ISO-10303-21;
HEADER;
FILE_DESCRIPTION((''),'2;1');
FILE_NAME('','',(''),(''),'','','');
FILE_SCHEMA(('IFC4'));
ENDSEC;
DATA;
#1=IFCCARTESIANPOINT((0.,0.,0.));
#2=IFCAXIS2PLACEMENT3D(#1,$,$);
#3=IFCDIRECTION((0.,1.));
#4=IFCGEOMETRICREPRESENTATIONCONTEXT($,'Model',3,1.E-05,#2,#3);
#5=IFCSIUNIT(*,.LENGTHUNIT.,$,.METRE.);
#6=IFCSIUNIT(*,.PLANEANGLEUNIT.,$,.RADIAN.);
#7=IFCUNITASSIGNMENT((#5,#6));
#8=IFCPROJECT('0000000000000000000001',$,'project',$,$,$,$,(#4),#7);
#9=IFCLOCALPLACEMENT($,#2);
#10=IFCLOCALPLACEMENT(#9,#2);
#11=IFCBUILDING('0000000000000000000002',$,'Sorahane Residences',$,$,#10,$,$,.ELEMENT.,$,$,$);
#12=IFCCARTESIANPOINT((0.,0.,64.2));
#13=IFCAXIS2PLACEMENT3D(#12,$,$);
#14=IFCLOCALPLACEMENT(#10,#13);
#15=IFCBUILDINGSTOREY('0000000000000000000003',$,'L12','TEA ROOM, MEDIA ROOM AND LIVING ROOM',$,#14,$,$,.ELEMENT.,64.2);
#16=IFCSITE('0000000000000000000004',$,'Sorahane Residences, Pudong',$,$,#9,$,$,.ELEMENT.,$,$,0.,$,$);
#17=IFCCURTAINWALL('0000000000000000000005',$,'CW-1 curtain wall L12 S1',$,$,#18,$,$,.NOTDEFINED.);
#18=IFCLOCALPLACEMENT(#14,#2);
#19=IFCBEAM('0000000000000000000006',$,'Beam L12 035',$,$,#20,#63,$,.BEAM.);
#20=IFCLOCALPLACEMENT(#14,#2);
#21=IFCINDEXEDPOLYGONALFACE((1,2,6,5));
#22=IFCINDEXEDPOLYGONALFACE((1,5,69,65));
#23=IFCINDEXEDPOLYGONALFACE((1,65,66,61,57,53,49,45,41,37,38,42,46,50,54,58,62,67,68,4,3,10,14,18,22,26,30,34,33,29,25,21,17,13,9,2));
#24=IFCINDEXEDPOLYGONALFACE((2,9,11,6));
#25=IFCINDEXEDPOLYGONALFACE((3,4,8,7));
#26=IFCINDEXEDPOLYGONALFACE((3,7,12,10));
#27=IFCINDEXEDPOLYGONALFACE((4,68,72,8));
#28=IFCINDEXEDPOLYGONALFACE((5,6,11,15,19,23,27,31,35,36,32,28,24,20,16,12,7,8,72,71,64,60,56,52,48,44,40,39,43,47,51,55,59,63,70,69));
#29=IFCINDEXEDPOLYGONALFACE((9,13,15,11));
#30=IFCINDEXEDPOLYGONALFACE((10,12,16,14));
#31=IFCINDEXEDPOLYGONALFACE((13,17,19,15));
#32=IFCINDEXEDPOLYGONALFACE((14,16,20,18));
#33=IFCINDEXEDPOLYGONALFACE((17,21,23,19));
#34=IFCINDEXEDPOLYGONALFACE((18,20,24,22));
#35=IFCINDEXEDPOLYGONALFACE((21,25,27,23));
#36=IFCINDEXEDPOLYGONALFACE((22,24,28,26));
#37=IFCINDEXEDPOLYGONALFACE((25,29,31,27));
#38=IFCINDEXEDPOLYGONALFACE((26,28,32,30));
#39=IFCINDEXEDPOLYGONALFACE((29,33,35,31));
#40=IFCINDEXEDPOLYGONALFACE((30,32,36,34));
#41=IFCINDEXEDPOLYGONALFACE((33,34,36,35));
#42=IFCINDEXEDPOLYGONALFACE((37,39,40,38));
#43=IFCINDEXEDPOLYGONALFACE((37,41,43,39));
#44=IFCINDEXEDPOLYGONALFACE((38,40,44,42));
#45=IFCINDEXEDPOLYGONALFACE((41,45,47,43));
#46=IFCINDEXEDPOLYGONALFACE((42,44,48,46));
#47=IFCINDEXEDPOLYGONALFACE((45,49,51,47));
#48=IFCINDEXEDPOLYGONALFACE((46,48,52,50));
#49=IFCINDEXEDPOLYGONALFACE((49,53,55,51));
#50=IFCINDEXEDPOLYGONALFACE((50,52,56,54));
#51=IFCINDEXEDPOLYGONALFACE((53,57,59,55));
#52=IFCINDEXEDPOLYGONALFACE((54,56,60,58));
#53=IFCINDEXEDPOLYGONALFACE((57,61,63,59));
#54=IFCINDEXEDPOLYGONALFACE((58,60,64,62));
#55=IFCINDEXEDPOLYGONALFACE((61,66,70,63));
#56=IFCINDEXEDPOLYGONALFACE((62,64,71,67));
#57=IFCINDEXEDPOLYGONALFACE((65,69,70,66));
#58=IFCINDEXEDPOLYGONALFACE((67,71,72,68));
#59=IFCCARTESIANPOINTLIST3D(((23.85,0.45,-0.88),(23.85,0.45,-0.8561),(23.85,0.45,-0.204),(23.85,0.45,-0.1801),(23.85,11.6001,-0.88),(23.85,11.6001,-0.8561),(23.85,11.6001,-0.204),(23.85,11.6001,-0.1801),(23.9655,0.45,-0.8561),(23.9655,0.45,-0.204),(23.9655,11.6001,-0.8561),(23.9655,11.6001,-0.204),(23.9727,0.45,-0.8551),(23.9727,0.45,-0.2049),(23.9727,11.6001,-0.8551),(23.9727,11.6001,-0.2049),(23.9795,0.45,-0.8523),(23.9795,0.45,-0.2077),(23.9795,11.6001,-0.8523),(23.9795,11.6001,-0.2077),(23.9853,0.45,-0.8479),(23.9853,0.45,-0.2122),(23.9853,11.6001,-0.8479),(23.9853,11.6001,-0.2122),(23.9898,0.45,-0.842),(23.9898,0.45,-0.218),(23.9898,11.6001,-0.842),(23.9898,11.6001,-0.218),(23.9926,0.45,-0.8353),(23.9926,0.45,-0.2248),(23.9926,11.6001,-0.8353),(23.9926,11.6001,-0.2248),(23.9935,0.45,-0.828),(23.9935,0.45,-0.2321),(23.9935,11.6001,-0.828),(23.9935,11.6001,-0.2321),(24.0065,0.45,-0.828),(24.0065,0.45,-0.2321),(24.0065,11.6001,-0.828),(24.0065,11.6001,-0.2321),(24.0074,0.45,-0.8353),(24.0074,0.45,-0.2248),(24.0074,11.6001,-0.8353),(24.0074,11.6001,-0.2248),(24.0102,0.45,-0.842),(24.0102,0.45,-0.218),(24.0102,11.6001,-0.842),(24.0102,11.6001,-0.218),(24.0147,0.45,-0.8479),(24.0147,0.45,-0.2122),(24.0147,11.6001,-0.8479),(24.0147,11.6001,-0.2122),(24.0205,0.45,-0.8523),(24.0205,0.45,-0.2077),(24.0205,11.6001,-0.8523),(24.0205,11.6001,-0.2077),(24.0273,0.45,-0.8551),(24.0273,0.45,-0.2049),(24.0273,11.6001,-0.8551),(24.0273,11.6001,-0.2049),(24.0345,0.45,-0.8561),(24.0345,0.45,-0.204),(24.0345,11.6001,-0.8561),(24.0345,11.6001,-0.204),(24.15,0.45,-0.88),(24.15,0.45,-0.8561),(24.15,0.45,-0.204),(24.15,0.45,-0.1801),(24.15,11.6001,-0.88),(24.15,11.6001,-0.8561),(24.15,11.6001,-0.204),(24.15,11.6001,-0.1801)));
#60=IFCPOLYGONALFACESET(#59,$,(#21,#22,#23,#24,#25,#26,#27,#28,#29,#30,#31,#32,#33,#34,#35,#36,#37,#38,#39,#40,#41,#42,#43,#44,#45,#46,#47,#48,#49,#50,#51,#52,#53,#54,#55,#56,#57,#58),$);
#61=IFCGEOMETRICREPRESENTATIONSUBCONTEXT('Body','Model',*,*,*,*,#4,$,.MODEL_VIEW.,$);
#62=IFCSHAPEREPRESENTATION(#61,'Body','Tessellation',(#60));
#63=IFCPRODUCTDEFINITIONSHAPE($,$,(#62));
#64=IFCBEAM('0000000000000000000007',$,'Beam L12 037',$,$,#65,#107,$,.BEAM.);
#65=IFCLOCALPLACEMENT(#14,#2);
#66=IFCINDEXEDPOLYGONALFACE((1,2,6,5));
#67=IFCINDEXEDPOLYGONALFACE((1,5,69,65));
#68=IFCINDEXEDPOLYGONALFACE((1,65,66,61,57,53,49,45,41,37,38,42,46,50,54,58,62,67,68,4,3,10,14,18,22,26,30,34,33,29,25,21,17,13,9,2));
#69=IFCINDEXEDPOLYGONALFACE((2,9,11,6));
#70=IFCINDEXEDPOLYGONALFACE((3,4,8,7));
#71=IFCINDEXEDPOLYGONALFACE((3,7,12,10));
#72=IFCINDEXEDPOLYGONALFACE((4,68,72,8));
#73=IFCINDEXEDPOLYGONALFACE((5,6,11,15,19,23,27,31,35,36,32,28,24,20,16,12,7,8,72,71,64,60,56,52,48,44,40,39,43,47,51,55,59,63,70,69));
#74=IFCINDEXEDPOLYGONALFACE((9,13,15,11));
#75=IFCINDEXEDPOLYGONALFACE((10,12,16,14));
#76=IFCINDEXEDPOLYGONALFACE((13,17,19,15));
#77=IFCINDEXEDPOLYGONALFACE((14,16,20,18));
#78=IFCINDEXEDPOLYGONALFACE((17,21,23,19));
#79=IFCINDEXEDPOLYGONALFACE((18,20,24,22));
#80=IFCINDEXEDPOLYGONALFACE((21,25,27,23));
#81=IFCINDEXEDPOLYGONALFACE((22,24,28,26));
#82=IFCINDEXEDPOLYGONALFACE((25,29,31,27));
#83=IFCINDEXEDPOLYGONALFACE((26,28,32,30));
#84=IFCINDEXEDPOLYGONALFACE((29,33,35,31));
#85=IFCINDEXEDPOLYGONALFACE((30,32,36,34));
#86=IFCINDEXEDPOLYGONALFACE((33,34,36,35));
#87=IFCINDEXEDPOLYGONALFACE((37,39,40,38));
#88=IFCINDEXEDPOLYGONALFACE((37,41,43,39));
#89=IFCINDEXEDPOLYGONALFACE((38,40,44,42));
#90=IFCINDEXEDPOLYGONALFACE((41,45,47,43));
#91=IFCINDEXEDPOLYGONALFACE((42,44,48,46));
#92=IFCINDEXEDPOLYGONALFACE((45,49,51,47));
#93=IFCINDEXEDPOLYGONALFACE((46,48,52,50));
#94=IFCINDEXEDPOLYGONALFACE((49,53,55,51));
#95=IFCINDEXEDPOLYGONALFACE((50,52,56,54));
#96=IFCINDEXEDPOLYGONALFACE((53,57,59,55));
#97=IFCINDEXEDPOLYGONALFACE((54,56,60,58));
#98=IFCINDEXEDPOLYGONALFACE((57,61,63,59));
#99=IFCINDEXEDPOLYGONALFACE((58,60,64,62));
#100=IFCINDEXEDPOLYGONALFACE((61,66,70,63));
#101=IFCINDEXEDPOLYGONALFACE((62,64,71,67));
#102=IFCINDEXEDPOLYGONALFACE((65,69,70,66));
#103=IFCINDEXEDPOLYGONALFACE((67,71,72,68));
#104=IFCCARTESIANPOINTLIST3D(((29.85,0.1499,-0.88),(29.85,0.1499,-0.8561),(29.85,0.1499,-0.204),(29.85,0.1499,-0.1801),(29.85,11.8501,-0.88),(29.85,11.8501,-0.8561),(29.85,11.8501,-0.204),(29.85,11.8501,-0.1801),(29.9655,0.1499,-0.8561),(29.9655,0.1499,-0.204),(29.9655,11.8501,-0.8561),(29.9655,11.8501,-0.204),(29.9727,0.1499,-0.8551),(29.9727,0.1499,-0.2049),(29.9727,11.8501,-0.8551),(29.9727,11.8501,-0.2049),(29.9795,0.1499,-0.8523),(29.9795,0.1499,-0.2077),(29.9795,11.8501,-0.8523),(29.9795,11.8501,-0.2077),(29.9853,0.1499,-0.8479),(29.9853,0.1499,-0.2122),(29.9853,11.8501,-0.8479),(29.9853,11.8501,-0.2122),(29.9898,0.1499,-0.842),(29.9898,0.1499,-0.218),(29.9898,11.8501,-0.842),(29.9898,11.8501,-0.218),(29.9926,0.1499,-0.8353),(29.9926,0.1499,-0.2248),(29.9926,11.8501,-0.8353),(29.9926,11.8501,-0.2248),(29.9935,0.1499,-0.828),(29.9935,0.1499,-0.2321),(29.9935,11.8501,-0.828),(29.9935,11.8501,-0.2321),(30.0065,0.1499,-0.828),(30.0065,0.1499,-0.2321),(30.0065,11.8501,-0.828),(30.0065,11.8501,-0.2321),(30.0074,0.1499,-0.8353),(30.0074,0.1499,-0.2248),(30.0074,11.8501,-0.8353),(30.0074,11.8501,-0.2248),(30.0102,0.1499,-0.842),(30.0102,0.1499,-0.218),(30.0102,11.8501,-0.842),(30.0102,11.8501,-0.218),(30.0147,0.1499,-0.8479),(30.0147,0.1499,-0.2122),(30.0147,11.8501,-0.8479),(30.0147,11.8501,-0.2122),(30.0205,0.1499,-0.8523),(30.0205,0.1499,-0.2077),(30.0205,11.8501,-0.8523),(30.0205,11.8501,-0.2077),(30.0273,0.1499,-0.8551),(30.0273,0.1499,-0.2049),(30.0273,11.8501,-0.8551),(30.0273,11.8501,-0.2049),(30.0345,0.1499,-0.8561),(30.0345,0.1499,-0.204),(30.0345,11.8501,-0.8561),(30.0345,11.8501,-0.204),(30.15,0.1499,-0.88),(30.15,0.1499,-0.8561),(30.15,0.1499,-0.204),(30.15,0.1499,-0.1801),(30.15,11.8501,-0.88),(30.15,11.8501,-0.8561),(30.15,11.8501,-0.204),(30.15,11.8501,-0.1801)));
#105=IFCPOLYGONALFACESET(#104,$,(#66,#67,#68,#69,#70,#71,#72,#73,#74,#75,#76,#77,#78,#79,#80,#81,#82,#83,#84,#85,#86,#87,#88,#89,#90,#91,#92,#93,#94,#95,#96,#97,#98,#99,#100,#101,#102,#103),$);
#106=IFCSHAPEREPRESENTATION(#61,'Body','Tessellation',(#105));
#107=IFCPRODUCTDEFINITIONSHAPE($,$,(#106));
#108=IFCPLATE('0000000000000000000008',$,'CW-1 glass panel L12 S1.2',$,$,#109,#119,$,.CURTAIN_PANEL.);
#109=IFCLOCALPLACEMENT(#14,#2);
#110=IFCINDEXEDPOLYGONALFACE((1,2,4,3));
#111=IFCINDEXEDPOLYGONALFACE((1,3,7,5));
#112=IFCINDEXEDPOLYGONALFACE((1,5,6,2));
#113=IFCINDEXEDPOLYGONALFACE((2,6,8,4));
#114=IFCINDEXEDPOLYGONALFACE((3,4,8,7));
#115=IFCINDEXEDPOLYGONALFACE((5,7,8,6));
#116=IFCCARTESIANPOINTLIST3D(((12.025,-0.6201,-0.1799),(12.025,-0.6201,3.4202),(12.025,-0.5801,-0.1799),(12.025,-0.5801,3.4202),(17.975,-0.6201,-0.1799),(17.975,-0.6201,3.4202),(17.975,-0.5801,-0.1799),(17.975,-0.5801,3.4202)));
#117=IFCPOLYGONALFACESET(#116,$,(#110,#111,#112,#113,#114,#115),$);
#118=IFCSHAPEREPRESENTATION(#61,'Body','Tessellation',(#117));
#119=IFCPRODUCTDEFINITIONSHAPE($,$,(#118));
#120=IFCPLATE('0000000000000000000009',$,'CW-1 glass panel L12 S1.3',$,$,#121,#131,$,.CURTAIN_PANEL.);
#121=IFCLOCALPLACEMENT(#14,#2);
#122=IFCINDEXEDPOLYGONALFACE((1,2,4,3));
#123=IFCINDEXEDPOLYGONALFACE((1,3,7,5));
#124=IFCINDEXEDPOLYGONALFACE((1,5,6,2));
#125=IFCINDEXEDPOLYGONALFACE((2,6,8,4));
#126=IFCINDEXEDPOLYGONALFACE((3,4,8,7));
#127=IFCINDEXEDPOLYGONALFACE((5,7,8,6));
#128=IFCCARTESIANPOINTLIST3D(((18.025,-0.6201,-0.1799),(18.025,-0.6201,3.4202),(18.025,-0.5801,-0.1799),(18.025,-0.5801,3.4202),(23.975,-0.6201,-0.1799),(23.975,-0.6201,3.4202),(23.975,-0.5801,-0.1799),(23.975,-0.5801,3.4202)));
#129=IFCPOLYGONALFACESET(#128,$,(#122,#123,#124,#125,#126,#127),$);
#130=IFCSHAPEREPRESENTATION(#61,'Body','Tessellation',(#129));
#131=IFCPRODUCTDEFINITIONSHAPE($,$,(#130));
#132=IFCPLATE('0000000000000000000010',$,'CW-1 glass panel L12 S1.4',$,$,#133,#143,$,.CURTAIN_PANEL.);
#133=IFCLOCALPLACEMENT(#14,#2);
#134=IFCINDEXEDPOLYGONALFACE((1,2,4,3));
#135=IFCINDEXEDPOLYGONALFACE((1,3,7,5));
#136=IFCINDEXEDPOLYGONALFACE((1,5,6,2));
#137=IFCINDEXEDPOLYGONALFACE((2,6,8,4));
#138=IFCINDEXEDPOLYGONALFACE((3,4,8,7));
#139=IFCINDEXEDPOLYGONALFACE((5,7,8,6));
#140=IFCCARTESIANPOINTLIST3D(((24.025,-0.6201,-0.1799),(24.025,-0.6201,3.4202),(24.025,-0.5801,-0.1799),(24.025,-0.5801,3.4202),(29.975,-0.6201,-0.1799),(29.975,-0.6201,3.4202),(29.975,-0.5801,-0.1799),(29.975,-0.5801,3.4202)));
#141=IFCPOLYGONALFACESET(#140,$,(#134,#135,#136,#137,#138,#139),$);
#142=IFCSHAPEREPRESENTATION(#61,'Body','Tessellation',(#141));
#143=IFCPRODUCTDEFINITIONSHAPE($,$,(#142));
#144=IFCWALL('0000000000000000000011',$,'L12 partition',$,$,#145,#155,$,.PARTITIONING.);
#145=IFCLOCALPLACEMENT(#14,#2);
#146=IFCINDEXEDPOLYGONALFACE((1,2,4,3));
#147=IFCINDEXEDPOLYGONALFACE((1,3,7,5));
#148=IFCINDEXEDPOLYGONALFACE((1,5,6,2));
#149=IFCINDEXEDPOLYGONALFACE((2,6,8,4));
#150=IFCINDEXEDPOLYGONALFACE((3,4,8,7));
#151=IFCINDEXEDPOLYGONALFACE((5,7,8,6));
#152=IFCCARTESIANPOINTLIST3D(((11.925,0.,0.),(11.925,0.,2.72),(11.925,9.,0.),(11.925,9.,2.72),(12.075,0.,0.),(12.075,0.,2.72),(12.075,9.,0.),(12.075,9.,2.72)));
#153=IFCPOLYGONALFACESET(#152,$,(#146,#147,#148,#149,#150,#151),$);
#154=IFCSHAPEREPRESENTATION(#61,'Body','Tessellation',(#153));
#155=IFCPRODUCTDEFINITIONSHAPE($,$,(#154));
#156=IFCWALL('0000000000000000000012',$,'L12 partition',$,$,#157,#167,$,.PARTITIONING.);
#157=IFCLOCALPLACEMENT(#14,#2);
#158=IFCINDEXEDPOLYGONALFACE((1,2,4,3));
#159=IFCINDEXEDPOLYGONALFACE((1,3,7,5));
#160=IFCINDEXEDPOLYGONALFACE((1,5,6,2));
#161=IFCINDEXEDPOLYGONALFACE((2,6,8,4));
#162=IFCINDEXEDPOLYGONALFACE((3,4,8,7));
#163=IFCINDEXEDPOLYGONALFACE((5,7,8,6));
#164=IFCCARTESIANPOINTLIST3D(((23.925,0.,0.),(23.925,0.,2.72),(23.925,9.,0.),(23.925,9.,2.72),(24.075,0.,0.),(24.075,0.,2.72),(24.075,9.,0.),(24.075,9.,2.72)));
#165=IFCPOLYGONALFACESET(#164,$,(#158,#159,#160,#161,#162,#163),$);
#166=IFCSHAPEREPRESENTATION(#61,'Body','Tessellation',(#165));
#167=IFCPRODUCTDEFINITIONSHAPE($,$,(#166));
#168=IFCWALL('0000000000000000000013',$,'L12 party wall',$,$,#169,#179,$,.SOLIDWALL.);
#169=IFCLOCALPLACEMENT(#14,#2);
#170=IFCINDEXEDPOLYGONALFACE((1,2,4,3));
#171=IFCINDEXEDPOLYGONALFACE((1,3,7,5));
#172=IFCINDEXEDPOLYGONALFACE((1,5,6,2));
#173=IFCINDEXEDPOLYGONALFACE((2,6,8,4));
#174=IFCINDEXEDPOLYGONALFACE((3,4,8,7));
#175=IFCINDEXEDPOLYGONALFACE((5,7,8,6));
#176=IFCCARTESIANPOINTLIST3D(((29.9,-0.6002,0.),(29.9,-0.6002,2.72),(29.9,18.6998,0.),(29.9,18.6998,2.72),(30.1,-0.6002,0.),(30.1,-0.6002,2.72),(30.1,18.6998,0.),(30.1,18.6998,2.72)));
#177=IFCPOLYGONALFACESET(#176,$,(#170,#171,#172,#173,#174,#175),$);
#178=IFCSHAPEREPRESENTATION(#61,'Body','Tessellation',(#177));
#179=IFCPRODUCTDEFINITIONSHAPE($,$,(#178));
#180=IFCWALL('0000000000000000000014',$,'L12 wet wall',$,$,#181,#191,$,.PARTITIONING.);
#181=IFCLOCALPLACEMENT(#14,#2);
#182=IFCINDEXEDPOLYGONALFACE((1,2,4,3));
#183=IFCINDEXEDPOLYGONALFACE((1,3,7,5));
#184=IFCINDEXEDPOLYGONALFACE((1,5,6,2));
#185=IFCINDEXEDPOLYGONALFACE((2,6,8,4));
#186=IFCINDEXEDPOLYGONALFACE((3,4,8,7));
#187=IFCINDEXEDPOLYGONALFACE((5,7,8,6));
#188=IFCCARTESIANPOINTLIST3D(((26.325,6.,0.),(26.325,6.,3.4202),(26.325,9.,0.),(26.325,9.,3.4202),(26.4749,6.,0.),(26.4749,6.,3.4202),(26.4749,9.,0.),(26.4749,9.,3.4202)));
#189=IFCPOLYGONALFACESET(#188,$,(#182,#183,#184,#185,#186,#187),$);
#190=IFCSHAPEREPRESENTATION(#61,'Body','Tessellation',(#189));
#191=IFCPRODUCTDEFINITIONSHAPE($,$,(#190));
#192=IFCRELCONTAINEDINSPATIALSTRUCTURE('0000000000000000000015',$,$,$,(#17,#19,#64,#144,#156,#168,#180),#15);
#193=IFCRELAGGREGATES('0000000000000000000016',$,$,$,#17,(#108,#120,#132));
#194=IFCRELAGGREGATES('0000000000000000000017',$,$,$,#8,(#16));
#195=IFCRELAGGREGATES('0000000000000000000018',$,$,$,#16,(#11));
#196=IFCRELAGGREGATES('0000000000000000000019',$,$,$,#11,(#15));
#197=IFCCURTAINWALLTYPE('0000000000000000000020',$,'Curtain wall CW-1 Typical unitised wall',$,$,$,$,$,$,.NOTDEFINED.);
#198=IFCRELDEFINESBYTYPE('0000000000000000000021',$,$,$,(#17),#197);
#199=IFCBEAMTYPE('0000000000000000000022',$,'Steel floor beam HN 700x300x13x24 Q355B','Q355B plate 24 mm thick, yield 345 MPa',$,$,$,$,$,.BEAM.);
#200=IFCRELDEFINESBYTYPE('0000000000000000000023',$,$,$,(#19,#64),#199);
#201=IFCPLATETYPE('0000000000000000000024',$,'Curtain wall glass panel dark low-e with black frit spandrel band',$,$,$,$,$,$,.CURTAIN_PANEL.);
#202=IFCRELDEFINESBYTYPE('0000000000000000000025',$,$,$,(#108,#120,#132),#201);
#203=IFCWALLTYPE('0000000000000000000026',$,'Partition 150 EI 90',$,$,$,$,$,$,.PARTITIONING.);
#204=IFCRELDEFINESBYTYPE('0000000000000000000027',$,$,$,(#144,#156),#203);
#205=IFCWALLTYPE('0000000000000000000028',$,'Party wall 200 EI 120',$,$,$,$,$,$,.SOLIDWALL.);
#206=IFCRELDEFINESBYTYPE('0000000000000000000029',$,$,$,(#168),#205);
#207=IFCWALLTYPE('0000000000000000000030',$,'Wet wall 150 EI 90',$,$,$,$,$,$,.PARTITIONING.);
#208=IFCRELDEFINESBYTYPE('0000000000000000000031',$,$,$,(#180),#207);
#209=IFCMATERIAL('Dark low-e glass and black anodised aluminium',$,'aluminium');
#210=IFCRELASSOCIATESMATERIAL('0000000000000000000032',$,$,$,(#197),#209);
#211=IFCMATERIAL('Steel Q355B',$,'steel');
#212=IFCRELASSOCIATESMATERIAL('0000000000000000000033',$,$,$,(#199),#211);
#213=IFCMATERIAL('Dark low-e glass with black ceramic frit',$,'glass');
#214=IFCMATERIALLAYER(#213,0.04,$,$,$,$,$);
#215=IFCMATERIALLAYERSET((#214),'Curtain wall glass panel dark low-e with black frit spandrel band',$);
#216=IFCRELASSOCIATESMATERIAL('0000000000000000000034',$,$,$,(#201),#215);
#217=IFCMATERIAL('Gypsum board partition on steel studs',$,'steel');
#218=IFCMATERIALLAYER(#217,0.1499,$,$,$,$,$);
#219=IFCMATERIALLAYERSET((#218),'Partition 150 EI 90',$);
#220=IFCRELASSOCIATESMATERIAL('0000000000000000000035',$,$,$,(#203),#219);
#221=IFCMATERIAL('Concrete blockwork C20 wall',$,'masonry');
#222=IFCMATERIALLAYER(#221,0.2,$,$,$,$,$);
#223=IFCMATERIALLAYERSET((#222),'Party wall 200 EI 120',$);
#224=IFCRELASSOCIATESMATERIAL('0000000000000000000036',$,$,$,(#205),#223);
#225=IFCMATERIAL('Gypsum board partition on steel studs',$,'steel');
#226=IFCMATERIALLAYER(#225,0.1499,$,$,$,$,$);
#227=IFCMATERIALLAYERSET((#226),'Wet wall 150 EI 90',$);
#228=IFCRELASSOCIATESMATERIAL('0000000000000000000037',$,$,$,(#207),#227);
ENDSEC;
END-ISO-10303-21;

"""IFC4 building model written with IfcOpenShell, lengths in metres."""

from ifc_helpers import new_model, si_unit, direction, frame, frame_2d, origin, origin_2d, place, context, subcontext, project, spatial, rectangle, i_section, extrude, material, layer, layer_set, material_profile, profile_set, type_object, element, aggregate, save


model = new_model("IFC4")

# Units and contexts
model_context = context("Model", 3, precision=1e-05, world=origin(), true_north=direction((0.0, 1.0)))
body_context = subcontext(model_context, "Body", "Model", "MODEL_VIEW")
ifc_project = project(units=[si_unit("LENGTHUNIT", "METRE"), si_unit("PLANEANGLEUNIT", "RADIAN")], contexts=[model_context])

# Site, building, storey
site_placement = place(None, origin())
site = spatial("IfcSite", under=ifc_project, at=site_placement, Name="Sorahane Residences, Pudong", CompositionType="ELEMENT", RefElevation=0.0)
building_placement = place(site_placement, origin())
building = spatial("IfcBuilding", under=site, at=building_placement, Name="Sorahane Residences", CompositionType="ELEMENT")
storey_placement = place(building_placement, frame((0.0, 0.0, 64.2)))
storey = spatial("IfcBuildingStorey", under=building, at=storey_placement, Name="L12", Description="TEA ROOM, MEDIA ROOM AND LIVING ROOM", CompositionType="ELEMENT", Elevation=64.2)

# Curtain wall
ifc_material_1 = material(Name="Dark low-e glass and black anodised aluminium", Category="aluminium")
curtain_wall_type = type_object("IfcCurtainWallType", Name="Curtain wall CW-1 Typical unitised wall", PredefinedType="NOTDEFINED", material=ifc_material_1)
curtain_wall_placement = place(storey_placement, origin())
curtain_wall = element("IfcCurtainWall", 1, at=curtain_wall_placement, inside=storey, type_object=curtain_wall_type, Name="CW-1 curtain wall L12 S1", PredefinedType="NOTDEFINED")

# Beams
ifc_material_2 = material(Name="Steel Q355B", Category="steel")
ifc_material_profile_1 = material_profile(ifc_material_2, i_section(OverallWidth=0.3, OverallDepth=0.7, WebThickness=0.0129, FlangeThickness=0.0239, FilletRadius=0.0281, at=origin_2d()), Name="HN 700x300x13x24")
ifc_profile_set_1 = profile_set([ifc_material_profile_1], Name="Steel Q355B")
beam_type_1 = type_object("IfcBeamType", Name="Steel floor beam HN 700x300x13x24 Q355B", Description="Q355B plate 24 mm thick, yield 345 MPa", PredefinedType="BEAM", material=ifc_profile_set_1)
beam_1_placement = place(storey_placement, frame((24.0, 0.45, -0.53), z_axis=(0.0, 1.0, 0.0), x_axis=(-1.0, 0.0, 0.0)))
element("IfcBeam", 2, at=beam_1_placement, inside=storey, type_object=beam_type_1, Name="Beam L12 035", PredefinedType="BEAM", context=body_context, shape_type="SweptSolid", body=[
    extrude(i_section(OverallWidth=0.3, OverallDepth=0.7, WebThickness=0.0129, FlangeThickness=0.0239, FilletRadius=0.0281, at=origin_2d()), origin(), (0.0, 0.0, 1.0), 11.1501),
])
beam_2_placement = place(storey_placement, frame((30.0, 0.1499, -0.53), z_axis=(0.0, 1.0, 0.0), x_axis=(-1.0, 0.0, 0.0)))
element("IfcBeam", 3, at=beam_2_placement, inside=storey, type_object=beam_type_1, Name="Beam L12 037", PredefinedType="BEAM", context=body_context, shape_type="SweptSolid", body=[
    extrude(i_section(OverallWidth=0.3, OverallDepth=0.7, WebThickness=0.0129, FlangeThickness=0.0239, FilletRadius=0.0281, at=origin_2d()), origin(), (0.0, 0.0, 1.0), 11.7002),
])

# Plates
ifc_material_3 = material(Name="Dark low-e glass with black ceramic frit", Category="glass")
ifc_layer_1 = layer(ifc_material_3, 0.04)
ifc_layer_set_1 = layer_set([ifc_layer_1], Name="Curtain wall glass panel dark low-e with black frit spandrel band")
plate_type = type_object("IfcPlateType", Name="Curtain wall glass panel dark low-e with black frit spandrel band", PredefinedType="CURTAIN_PANEL", material=ifc_layer_set_1)
plate_1_placement = place(storey_placement, frame((15.0, -0.6001, -0.1799), z_axis=(0.0, 0.0, 1.0), x_axis=(1.0, 0.0, 0.0)))
plate_1 = element("IfcPlate", 4, at=plate_1_placement, type_object=plate_type, Name="CW-1 glass panel L12 S1.2", PredefinedType="CURTAIN_PANEL", context=body_context, shape_type="SweptSolid", body=[
    extrude(rectangle(XDim=5.95, YDim=0.04, at=origin_2d()), origin(), (0.0, 0.0, 1.0), 3.6001),
])
plate_2_placement = place(storey_placement, frame((21.0, -0.6001, -0.1799), z_axis=(0.0, 0.0, 1.0), x_axis=(1.0, 0.0, 0.0)))
plate_2 = element("IfcPlate", 5, at=plate_2_placement, type_object=plate_type, Name="CW-1 glass panel L12 S1.3", PredefinedType="CURTAIN_PANEL", context=body_context, shape_type="SweptSolid", body=[
    extrude(rectangle(XDim=5.95, YDim=0.04, at=origin_2d()), origin(), (0.0, 0.0, 1.0), 3.6001),
])
plate_3_placement = place(storey_placement, frame((27.0, -0.6001, -0.1799), z_axis=(0.0, 0.0, 1.0), x_axis=(1.0, 0.0, 0.0)))
plate_3 = element("IfcPlate", 6, at=plate_3_placement, type_object=plate_type, Name="CW-1 glass panel L12 S1.4", PredefinedType="CURTAIN_PANEL", context=body_context, shape_type="SweptSolid", body=[
    extrude(rectangle(XDim=5.95, YDim=0.04, at=origin_2d()), origin(), (0.0, 0.0, 1.0), 3.6001),
])
aggregate(curtain_wall, [plate_1, plate_2, plate_3])

# Walls
ifc_material_4 = material(Name="Gypsum board partition on steel studs", Category="steel")
ifc_layer_2 = layer(ifc_material_4, 0.1499)
ifc_layer_set_2 = layer_set([ifc_layer_2], Name="Partition 150 EI 90")
wall_type_1 = type_object("IfcWallType", Name="Partition 150 EI 90", PredefinedType="PARTITIONING", material=ifc_layer_set_2)
for number, where, z_axis, x_axis, name in (
    (7, (12.0, 0.0, 0.0), (0.0, 0.0, 1.0), (0.0, 1.0, 0.0), "L12 partition"),
    (8, (24.0, 0.0, 0.0), (0.0, 0.0, 1.0), (0.0, 1.0, 0.0), "L12 partition"),
):
    element("IfcWall", number, at=place(storey_placement, frame(where, z_axis=z_axis, x_axis=x_axis)), inside=storey, type_object=wall_type_1, Name=name, PredefinedType="PARTITIONING", context=body_context, shape_type="SweptSolid", body=[
        extrude(rectangle(XDim=9.0, YDim=0.1499, at=frame_2d((4.5, 0.0))), origin(), (0.0, 0.0, 1.0), 2.72),
    ])

# Walls
ifc_material_5 = material(Name="Concrete blockwork C20 wall", Category="masonry")
ifc_layer_3 = layer(ifc_material_5, 0.2)
ifc_layer_set_3 = layer_set([ifc_layer_3], Name="Party wall 200 EI 120")
wall_type_2 = type_object("IfcWallType", Name="Party wall 200 EI 120", PredefinedType="SOLIDWALL", material=ifc_layer_set_3)
wall_1_placement = place(storey_placement, frame((30.0, -0.6001, 0.0), z_axis=(0.0, 0.0, 1.0), x_axis=(0.0, 1.0, 0.0)))
element("IfcWall", 9, at=wall_1_placement, inside=storey, type_object=wall_type_2, Name="L12 party wall", PredefinedType="SOLIDWALL", context=body_context, shape_type="SweptSolid", body=[
    extrude(rectangle(XDim=19.3, YDim=0.2, at=frame_2d((9.6499, 0.0))), origin(), (0.0, 0.0, 1.0), 2.72),
])
ifc_material_6 = material(Name="Gypsum board partition on steel studs", Category="steel")
ifc_layer_4 = layer(ifc_material_6, 0.1499)
ifc_layer_set_4 = layer_set([ifc_layer_4], Name="Wet wall 150 EI 90")
wall_type_3 = type_object("IfcWallType", Name="Wet wall 150 EI 90", PredefinedType="PARTITIONING", material=ifc_layer_set_4)
wall_2_placement = place(storey_placement, frame((26.3999, 6.0, 0.0), z_axis=(0.0, 0.0, 1.0), x_axis=(0.0, 1.0, 0.0)))
element("IfcWall", 10, at=wall_2_placement, inside=storey, type_object=wall_type_3, Name="L12 wet wall", PredefinedType="PARTITIONING", context=body_context, shape_type="SweptSolid", body=[
    extrude(rectangle(XDim=3.0, YDim=0.1499, at=frame_2d((1.5, 0.0))), origin(), (0.0, 0.0, 1.0), 3.4202),
])

save(model, "model.ifc")
